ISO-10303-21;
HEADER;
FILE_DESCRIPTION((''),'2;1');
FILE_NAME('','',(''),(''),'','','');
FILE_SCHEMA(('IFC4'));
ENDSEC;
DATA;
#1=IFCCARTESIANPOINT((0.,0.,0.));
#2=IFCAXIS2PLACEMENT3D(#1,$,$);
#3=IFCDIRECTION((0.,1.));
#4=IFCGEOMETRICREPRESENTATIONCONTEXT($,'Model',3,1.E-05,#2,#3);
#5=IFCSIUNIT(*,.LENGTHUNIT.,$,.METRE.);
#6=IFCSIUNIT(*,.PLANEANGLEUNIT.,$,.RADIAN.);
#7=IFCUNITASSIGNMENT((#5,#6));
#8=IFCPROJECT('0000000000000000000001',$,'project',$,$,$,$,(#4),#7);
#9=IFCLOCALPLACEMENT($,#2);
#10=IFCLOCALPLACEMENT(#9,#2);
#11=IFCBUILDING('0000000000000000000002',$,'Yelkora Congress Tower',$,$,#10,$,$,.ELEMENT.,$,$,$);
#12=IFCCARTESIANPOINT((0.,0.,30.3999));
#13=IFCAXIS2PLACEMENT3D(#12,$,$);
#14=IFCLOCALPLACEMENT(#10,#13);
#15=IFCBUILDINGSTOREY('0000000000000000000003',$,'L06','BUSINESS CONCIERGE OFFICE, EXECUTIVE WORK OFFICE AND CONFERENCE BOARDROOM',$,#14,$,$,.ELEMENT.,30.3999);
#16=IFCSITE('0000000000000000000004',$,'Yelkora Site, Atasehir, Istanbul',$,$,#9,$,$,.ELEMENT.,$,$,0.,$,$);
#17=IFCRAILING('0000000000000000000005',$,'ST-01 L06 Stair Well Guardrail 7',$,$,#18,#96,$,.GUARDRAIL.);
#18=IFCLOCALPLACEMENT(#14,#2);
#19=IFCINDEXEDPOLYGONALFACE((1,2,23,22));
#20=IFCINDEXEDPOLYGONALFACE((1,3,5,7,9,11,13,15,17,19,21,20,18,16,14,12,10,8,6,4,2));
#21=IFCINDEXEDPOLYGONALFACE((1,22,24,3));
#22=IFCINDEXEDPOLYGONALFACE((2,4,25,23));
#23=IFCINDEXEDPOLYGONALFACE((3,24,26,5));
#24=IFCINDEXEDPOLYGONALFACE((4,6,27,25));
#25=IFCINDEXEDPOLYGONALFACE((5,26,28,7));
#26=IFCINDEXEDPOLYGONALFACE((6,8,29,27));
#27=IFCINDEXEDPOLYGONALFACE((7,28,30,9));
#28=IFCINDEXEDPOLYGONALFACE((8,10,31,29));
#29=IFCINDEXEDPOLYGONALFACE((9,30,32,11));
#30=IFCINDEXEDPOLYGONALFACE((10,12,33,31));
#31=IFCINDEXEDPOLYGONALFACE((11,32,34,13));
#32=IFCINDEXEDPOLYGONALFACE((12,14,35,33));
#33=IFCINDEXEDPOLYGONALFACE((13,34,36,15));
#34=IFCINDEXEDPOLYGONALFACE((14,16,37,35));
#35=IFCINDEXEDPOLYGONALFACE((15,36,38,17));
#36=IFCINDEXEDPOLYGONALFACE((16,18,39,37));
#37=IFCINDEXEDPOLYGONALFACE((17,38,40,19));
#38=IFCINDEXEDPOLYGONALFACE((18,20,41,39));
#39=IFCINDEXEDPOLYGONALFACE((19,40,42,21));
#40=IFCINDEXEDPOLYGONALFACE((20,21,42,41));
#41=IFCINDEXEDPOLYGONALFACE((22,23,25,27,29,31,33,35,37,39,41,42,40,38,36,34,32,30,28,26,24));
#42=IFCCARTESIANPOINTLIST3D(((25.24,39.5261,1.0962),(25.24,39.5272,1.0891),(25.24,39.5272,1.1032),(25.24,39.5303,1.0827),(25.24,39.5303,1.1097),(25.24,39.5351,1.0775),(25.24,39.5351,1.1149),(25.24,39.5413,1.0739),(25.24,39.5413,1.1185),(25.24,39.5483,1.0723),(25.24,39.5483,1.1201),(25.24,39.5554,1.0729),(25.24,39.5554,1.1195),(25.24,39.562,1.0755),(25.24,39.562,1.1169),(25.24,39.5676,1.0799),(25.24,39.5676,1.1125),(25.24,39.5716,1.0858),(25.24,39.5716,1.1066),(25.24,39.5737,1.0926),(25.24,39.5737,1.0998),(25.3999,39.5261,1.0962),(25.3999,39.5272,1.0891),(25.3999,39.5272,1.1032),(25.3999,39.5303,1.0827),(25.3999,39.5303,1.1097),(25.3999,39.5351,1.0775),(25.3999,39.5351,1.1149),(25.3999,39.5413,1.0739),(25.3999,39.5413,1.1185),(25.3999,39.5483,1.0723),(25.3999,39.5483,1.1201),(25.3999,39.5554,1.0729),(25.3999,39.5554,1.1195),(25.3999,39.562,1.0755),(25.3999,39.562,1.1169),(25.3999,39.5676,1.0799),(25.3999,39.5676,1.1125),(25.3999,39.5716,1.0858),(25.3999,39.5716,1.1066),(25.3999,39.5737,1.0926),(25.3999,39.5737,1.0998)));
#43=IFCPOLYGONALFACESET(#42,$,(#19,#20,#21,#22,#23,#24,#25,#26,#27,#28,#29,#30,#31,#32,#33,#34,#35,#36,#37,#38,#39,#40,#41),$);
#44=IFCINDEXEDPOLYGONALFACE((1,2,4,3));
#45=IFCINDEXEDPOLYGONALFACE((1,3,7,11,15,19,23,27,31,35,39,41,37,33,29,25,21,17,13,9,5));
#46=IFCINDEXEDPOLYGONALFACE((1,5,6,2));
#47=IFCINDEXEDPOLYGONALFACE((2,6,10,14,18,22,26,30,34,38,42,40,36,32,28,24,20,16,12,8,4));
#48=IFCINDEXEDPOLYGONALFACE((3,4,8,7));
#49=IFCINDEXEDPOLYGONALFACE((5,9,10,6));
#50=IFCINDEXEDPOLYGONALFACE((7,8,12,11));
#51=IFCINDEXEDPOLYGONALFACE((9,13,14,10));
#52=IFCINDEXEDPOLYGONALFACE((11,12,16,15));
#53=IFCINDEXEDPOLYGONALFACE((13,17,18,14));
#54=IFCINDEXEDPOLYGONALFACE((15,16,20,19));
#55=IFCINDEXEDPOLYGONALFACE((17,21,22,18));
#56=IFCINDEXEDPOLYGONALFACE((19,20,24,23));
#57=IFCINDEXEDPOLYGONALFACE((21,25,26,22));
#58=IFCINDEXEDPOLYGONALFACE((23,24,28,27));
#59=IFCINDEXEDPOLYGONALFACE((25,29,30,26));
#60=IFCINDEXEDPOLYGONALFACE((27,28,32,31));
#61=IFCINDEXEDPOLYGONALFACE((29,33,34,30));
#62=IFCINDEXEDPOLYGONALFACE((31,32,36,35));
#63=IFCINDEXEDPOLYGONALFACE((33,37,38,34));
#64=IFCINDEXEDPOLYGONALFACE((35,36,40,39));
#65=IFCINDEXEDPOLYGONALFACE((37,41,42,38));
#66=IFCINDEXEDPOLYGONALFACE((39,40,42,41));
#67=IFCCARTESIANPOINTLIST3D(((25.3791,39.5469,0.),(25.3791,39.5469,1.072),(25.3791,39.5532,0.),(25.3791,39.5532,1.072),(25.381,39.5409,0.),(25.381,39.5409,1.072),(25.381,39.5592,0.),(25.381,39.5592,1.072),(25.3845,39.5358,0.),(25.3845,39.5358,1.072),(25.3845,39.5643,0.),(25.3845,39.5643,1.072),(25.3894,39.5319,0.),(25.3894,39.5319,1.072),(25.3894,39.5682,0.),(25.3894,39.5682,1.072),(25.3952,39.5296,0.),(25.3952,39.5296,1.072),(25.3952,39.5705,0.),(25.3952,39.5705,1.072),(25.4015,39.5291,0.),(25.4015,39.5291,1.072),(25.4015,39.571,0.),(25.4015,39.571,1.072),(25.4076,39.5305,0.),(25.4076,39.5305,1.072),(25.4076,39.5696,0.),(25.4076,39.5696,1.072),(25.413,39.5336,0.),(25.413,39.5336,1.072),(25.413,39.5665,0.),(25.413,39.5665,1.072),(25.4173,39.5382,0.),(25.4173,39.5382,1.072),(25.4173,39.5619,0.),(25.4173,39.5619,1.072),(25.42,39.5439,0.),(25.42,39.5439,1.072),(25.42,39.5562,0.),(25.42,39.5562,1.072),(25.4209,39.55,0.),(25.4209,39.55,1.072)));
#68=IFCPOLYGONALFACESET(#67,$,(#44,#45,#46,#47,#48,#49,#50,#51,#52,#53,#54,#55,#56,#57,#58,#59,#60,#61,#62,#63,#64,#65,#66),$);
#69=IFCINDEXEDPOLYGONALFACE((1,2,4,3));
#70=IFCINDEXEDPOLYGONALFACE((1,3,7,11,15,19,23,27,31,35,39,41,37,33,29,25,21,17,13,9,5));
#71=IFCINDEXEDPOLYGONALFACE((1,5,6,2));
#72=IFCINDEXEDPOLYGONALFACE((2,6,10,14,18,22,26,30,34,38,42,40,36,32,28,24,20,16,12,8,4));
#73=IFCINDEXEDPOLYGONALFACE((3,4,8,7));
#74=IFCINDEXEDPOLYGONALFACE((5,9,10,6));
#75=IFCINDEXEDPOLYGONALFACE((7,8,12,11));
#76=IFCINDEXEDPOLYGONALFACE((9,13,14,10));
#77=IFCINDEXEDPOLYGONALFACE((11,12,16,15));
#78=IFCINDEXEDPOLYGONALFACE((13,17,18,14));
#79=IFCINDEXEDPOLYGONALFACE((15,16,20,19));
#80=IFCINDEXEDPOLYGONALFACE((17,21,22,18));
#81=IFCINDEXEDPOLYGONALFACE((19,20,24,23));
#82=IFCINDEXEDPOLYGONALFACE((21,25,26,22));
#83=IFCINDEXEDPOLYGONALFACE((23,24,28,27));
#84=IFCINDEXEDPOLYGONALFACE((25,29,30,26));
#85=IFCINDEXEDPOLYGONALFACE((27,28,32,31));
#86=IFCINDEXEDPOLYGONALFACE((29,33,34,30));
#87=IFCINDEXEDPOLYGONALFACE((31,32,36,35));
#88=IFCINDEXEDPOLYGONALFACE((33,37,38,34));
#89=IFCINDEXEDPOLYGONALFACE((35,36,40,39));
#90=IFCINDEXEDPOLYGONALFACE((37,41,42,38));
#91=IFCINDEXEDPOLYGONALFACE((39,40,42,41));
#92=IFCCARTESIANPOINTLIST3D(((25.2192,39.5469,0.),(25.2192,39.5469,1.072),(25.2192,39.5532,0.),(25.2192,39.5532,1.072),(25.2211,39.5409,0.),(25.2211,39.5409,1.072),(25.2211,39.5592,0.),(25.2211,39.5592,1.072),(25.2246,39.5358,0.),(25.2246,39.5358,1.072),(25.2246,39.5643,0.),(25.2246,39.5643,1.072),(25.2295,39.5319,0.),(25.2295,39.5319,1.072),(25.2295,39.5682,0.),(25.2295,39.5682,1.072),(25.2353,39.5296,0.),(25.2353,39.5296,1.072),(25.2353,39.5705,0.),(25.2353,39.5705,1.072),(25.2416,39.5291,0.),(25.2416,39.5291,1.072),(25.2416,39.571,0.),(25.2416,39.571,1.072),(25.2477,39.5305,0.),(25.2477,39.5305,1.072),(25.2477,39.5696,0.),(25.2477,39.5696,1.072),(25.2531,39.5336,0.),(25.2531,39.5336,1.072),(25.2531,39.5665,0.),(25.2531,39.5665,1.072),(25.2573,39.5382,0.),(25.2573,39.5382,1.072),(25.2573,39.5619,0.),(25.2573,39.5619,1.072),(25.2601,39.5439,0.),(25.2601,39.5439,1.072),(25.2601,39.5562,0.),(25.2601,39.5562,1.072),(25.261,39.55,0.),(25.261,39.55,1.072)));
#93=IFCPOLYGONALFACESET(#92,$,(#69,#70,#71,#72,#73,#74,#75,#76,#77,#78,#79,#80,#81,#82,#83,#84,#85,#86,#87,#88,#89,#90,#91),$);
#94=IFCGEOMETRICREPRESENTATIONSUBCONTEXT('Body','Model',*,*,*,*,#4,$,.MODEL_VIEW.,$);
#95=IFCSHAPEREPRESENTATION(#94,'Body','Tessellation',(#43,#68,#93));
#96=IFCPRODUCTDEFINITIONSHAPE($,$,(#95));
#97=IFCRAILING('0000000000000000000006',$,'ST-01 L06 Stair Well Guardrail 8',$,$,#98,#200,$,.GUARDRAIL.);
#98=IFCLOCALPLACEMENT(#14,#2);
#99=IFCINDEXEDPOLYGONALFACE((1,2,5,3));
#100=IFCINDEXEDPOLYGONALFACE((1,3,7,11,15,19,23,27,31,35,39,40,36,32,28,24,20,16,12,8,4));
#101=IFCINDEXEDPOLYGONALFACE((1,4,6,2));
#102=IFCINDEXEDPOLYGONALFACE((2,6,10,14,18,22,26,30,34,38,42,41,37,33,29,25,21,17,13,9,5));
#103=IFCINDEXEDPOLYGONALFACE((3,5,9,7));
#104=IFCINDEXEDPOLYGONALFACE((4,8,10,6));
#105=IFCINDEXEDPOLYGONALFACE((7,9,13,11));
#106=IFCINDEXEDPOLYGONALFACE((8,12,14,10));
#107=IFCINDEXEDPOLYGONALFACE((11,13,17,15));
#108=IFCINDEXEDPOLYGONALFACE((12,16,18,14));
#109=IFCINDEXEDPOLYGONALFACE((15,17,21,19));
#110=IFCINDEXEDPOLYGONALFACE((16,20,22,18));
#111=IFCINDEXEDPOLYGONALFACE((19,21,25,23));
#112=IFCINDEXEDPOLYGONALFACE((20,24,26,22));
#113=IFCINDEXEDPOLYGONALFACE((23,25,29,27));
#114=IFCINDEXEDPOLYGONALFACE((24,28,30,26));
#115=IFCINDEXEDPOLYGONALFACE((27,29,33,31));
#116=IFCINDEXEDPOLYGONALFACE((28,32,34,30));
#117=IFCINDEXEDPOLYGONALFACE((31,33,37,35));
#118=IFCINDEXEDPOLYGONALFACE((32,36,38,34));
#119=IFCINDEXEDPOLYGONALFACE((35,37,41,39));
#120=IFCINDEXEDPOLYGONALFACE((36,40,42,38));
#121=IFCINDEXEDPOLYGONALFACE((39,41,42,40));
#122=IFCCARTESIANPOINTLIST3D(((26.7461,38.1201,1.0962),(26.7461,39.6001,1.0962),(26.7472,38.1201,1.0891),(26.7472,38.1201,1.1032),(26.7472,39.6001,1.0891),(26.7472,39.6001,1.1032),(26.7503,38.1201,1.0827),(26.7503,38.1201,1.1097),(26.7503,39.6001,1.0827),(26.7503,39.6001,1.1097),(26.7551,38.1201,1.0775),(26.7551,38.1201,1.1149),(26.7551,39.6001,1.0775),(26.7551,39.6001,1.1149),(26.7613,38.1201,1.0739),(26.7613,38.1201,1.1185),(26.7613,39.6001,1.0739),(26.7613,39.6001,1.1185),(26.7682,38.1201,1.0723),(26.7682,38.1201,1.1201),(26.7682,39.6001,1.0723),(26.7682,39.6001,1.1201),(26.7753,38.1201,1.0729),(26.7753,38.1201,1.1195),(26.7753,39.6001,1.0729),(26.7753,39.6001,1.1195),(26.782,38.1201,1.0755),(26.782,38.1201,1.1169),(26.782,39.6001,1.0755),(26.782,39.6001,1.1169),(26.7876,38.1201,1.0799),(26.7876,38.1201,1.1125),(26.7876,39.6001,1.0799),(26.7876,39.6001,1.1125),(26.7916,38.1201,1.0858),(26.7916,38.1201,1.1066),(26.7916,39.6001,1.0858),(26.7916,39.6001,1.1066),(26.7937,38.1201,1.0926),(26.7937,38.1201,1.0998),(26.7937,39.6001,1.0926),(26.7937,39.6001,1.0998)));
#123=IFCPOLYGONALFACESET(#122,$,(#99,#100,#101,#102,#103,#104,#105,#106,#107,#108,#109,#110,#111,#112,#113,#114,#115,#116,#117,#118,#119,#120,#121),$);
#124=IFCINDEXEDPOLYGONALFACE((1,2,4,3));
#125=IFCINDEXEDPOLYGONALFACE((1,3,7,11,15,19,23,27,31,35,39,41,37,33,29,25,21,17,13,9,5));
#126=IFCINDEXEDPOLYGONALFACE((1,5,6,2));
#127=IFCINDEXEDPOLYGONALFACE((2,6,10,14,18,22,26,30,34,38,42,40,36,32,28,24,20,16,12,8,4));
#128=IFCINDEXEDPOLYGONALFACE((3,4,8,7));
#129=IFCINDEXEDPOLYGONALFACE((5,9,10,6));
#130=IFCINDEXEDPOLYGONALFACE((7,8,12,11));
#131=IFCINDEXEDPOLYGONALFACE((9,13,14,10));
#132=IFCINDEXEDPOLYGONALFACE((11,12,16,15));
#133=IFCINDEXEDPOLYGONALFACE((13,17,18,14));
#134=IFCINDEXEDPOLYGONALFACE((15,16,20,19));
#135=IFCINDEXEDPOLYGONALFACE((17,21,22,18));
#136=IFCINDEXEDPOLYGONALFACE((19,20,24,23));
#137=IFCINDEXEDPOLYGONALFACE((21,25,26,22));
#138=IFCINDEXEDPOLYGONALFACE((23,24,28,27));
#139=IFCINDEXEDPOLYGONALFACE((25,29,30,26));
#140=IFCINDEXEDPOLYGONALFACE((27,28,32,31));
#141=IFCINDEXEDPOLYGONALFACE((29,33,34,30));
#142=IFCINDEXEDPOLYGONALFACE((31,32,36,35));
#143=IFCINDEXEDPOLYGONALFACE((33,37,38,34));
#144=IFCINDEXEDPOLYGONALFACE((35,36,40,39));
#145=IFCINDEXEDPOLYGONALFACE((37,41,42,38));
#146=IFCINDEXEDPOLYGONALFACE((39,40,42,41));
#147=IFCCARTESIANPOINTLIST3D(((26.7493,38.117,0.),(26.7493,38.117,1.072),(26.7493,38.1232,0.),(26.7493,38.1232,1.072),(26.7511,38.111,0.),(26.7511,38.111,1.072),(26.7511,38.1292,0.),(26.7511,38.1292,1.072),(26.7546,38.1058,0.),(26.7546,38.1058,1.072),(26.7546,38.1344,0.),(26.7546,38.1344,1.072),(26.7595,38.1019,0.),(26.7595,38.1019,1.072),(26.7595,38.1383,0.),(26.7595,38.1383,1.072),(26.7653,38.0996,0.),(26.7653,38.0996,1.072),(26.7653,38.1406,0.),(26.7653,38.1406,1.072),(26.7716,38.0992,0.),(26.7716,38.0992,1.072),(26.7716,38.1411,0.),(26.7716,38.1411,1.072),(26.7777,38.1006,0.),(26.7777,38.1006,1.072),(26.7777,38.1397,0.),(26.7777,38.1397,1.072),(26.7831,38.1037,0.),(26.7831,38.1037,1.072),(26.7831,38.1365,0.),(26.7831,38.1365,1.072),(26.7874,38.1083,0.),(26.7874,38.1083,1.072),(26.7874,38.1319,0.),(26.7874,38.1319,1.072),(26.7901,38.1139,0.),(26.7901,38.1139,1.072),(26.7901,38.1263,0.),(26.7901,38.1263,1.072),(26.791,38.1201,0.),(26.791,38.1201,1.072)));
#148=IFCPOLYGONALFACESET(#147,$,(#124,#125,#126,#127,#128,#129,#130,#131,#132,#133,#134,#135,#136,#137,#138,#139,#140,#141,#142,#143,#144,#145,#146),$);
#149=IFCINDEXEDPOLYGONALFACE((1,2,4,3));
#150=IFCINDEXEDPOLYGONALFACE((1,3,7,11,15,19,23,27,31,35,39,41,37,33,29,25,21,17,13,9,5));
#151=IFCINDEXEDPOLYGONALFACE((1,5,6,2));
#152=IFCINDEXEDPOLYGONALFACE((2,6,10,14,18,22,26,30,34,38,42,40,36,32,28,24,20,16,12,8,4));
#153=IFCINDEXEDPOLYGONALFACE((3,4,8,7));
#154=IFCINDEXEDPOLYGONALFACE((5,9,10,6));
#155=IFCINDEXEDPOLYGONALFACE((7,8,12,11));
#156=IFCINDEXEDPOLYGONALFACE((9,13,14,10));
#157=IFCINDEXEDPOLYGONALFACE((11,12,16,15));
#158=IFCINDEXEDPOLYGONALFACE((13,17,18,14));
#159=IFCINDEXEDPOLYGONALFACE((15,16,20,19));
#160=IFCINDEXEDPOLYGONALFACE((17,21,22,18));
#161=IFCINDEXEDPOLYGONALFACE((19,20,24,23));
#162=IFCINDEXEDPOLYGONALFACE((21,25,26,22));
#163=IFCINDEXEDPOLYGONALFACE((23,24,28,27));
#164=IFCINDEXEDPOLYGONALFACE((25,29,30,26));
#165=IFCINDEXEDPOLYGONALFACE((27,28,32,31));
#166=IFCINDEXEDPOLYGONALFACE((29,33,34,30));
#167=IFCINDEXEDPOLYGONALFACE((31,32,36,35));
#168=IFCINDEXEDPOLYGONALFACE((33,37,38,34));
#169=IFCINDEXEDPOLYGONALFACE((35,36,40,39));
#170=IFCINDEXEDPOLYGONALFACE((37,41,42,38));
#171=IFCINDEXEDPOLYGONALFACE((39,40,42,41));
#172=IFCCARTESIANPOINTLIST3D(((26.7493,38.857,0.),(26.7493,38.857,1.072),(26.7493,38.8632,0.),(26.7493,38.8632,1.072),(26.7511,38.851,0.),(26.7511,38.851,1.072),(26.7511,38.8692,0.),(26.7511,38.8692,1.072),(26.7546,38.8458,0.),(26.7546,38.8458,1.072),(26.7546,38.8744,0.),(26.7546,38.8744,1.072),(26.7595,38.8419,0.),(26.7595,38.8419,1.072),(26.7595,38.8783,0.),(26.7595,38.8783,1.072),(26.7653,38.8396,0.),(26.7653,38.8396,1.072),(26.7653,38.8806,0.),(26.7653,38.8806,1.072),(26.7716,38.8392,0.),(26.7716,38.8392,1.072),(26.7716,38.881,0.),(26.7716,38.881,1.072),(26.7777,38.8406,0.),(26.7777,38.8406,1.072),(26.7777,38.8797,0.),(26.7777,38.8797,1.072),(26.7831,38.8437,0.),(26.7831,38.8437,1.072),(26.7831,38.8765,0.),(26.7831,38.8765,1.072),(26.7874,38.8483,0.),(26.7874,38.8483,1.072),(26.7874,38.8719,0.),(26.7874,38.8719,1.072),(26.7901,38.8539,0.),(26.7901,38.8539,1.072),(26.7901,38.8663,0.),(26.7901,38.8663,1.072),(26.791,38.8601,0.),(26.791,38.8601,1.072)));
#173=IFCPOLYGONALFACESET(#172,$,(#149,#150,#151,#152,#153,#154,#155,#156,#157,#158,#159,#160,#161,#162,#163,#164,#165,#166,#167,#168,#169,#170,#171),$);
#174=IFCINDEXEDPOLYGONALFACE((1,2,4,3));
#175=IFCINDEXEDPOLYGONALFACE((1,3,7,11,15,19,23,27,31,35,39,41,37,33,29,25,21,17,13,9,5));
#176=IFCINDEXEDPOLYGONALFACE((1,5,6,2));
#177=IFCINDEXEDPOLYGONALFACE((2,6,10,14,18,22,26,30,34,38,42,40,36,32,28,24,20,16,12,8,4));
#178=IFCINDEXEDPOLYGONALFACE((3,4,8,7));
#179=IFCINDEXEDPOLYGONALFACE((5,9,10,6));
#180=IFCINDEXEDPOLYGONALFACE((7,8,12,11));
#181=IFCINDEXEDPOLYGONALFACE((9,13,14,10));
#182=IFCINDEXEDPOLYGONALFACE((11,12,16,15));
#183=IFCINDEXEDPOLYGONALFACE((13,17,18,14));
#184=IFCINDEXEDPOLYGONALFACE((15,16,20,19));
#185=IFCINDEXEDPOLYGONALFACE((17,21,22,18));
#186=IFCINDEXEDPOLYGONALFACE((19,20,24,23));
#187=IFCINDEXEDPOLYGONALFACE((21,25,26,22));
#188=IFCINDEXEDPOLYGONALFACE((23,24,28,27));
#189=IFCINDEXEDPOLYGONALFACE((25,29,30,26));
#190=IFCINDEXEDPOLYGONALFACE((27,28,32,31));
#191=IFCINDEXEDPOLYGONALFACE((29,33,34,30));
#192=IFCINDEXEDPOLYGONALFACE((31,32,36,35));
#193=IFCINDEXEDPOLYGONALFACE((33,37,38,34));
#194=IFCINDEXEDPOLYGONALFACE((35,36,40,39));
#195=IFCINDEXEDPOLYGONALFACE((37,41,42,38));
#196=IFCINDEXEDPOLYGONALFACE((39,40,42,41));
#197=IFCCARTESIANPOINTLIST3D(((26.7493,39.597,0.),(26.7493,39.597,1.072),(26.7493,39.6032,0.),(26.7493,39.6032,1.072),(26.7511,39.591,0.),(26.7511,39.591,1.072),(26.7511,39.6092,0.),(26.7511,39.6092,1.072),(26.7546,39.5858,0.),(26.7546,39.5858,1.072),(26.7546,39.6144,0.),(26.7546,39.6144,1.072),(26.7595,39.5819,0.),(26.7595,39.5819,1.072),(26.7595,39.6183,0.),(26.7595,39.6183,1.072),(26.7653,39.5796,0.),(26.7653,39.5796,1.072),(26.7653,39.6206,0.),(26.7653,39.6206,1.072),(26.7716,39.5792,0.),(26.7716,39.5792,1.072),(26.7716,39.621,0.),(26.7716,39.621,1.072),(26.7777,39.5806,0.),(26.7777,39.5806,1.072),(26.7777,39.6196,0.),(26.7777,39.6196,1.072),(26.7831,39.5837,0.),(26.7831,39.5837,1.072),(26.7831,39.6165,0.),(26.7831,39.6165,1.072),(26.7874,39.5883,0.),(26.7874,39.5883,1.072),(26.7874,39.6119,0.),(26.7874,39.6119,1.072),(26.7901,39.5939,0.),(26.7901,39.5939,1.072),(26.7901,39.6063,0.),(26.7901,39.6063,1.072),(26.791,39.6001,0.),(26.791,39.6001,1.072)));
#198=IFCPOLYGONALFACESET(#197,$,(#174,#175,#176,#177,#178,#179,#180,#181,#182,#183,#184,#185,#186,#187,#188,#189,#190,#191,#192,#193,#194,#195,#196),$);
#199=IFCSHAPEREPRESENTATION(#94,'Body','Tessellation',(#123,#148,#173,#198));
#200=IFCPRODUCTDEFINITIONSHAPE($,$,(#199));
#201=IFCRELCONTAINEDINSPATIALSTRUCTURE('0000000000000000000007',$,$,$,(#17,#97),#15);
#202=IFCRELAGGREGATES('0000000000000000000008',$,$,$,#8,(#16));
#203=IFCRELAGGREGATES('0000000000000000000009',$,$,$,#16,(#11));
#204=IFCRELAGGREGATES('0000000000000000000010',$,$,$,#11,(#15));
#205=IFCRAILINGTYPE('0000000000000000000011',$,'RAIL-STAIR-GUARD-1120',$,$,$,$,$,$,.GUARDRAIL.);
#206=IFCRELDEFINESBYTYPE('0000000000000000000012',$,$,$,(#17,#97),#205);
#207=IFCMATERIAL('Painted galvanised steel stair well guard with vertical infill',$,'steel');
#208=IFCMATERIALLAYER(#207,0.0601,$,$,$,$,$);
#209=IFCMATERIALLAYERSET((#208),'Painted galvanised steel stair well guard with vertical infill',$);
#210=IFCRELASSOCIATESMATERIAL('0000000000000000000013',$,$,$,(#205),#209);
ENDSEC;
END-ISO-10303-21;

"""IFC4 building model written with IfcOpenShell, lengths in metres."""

from ifc_helpers import new_model, si_unit, direction, frame, origin, origin_2d, place, context, subcontext, project, spatial, circle, extrude, material, layer, layer_set, type_object, element, save


model = new_model("IFC4")

# Units and contexts
model_context = context("Model", 3, precision=1e-05, world=origin(), true_north=direction((0.0, 1.0)))
body_context = subcontext(model_context, "Body", "Model", "MODEL_VIEW")
ifc_project = project(units=[si_unit("LENGTHUNIT", "METRE"), si_unit("PLANEANGLEUNIT", "RADIAN")], contexts=[model_context])

# Site, building, storey
site_placement = place(None, origin())
site = spatial("IfcSite", under=ifc_project, at=site_placement, Name="Yelkora Site, Atasehir, Istanbul", CompositionType="ELEMENT", RefElevation=0.0)
building_placement = place(site_placement, origin())
building = spatial("IfcBuilding", under=site, at=building_placement, Name="Yelkora Congress Tower", CompositionType="ELEMENT")
storey_placement = place(building_placement, frame((0.0, 0.0, 30.3999)))
storey = spatial("IfcBuildingStorey", under=building, at=storey_placement, Name="L06", Description="BUSINESS CONCIERGE OFFICE, EXECUTIVE WORK OFFICE AND CONFERENCE BOARDROOM", CompositionType="ELEMENT", Elevation=30.3999)

# Railings
ifc_material_1 = material(Name="Painted galvanised steel stair well guard with vertical infill", Category="steel")
ifc_layer_1 = layer(ifc_material_1, 0.0601)
ifc_layer_set_1 = layer_set([ifc_layer_1], Name="Painted galvanised steel stair well guard with vertical infill")
railing_type_1 = type_object("IfcRailingType", Name="RAIL-STAIR-GUARD-1120", PredefinedType="GUARDRAIL", material=ifc_layer_set_1)
railing_1_placement = place(storey_placement, frame((25.3999, 39.55, 0.0)))
element("IfcRailing", 1, at=railing_1_placement, inside=storey, type_object=railing_type_1, Name="ST-01 L06 Stair Well Guardrail 7", PredefinedType="GUARDRAIL", context=body_context, shape_type="SweptSolid", body=[
    extrude(circle(Radius=0.0239, at=origin_2d()), frame((0.0, 0.0, 1.0962), z_axis=(-1.0, 0.0, 0.0), x_axis=(0.0, -1.0, 0.0)), (0.0, 0.0, 1.0), 0.1599),
    extrude(circle(Radius=0.021, at=origin_2d()), origin(), (0.0, 0.0, 1.0), 1.072),
    extrude(circle(Radius=0.021, at=origin_2d()), frame((-0.1599, 0.0, 0.0)), (0.0, 0.0, 1.0), 1.072),
])
for number, where, name in (
    (2, (26.77, 38.1201, 0.0), "ST-01 L06 Stair Well Guardrail 8"),
):
    element("IfcRailing", number, at=place(storey_placement, frame(where)), inside=storey, type_object=railing_type_1, Name=name, PredefinedType="GUARDRAIL", context=body_context, shape_type="SweptSolid", body=[
        extrude(circle(Radius=0.0239, at=origin_2d()), frame((0.0, 0.0, 1.0962), z_axis=(0.0, 1.0, 0.0), x_axis=(-1.0, 0.0, 0.0)), (0.0, 0.0, 1.0), 1.48),
        extrude(circle(Radius=0.021, at=origin_2d()), origin(), (0.0, 0.0, 1.0), 1.072),
        extrude(circle(Radius=0.021, at=origin_2d()), frame((0.0, 0.74, 0.0)), (0.0, 0.0, 1.0), 1.072),
        extrude(circle(Radius=0.021, at=origin_2d()), frame((0.0, 1.48, 0.0)), (0.0, 0.0, 1.0), 1.072),
    ])

save(model, "model.ifc")
